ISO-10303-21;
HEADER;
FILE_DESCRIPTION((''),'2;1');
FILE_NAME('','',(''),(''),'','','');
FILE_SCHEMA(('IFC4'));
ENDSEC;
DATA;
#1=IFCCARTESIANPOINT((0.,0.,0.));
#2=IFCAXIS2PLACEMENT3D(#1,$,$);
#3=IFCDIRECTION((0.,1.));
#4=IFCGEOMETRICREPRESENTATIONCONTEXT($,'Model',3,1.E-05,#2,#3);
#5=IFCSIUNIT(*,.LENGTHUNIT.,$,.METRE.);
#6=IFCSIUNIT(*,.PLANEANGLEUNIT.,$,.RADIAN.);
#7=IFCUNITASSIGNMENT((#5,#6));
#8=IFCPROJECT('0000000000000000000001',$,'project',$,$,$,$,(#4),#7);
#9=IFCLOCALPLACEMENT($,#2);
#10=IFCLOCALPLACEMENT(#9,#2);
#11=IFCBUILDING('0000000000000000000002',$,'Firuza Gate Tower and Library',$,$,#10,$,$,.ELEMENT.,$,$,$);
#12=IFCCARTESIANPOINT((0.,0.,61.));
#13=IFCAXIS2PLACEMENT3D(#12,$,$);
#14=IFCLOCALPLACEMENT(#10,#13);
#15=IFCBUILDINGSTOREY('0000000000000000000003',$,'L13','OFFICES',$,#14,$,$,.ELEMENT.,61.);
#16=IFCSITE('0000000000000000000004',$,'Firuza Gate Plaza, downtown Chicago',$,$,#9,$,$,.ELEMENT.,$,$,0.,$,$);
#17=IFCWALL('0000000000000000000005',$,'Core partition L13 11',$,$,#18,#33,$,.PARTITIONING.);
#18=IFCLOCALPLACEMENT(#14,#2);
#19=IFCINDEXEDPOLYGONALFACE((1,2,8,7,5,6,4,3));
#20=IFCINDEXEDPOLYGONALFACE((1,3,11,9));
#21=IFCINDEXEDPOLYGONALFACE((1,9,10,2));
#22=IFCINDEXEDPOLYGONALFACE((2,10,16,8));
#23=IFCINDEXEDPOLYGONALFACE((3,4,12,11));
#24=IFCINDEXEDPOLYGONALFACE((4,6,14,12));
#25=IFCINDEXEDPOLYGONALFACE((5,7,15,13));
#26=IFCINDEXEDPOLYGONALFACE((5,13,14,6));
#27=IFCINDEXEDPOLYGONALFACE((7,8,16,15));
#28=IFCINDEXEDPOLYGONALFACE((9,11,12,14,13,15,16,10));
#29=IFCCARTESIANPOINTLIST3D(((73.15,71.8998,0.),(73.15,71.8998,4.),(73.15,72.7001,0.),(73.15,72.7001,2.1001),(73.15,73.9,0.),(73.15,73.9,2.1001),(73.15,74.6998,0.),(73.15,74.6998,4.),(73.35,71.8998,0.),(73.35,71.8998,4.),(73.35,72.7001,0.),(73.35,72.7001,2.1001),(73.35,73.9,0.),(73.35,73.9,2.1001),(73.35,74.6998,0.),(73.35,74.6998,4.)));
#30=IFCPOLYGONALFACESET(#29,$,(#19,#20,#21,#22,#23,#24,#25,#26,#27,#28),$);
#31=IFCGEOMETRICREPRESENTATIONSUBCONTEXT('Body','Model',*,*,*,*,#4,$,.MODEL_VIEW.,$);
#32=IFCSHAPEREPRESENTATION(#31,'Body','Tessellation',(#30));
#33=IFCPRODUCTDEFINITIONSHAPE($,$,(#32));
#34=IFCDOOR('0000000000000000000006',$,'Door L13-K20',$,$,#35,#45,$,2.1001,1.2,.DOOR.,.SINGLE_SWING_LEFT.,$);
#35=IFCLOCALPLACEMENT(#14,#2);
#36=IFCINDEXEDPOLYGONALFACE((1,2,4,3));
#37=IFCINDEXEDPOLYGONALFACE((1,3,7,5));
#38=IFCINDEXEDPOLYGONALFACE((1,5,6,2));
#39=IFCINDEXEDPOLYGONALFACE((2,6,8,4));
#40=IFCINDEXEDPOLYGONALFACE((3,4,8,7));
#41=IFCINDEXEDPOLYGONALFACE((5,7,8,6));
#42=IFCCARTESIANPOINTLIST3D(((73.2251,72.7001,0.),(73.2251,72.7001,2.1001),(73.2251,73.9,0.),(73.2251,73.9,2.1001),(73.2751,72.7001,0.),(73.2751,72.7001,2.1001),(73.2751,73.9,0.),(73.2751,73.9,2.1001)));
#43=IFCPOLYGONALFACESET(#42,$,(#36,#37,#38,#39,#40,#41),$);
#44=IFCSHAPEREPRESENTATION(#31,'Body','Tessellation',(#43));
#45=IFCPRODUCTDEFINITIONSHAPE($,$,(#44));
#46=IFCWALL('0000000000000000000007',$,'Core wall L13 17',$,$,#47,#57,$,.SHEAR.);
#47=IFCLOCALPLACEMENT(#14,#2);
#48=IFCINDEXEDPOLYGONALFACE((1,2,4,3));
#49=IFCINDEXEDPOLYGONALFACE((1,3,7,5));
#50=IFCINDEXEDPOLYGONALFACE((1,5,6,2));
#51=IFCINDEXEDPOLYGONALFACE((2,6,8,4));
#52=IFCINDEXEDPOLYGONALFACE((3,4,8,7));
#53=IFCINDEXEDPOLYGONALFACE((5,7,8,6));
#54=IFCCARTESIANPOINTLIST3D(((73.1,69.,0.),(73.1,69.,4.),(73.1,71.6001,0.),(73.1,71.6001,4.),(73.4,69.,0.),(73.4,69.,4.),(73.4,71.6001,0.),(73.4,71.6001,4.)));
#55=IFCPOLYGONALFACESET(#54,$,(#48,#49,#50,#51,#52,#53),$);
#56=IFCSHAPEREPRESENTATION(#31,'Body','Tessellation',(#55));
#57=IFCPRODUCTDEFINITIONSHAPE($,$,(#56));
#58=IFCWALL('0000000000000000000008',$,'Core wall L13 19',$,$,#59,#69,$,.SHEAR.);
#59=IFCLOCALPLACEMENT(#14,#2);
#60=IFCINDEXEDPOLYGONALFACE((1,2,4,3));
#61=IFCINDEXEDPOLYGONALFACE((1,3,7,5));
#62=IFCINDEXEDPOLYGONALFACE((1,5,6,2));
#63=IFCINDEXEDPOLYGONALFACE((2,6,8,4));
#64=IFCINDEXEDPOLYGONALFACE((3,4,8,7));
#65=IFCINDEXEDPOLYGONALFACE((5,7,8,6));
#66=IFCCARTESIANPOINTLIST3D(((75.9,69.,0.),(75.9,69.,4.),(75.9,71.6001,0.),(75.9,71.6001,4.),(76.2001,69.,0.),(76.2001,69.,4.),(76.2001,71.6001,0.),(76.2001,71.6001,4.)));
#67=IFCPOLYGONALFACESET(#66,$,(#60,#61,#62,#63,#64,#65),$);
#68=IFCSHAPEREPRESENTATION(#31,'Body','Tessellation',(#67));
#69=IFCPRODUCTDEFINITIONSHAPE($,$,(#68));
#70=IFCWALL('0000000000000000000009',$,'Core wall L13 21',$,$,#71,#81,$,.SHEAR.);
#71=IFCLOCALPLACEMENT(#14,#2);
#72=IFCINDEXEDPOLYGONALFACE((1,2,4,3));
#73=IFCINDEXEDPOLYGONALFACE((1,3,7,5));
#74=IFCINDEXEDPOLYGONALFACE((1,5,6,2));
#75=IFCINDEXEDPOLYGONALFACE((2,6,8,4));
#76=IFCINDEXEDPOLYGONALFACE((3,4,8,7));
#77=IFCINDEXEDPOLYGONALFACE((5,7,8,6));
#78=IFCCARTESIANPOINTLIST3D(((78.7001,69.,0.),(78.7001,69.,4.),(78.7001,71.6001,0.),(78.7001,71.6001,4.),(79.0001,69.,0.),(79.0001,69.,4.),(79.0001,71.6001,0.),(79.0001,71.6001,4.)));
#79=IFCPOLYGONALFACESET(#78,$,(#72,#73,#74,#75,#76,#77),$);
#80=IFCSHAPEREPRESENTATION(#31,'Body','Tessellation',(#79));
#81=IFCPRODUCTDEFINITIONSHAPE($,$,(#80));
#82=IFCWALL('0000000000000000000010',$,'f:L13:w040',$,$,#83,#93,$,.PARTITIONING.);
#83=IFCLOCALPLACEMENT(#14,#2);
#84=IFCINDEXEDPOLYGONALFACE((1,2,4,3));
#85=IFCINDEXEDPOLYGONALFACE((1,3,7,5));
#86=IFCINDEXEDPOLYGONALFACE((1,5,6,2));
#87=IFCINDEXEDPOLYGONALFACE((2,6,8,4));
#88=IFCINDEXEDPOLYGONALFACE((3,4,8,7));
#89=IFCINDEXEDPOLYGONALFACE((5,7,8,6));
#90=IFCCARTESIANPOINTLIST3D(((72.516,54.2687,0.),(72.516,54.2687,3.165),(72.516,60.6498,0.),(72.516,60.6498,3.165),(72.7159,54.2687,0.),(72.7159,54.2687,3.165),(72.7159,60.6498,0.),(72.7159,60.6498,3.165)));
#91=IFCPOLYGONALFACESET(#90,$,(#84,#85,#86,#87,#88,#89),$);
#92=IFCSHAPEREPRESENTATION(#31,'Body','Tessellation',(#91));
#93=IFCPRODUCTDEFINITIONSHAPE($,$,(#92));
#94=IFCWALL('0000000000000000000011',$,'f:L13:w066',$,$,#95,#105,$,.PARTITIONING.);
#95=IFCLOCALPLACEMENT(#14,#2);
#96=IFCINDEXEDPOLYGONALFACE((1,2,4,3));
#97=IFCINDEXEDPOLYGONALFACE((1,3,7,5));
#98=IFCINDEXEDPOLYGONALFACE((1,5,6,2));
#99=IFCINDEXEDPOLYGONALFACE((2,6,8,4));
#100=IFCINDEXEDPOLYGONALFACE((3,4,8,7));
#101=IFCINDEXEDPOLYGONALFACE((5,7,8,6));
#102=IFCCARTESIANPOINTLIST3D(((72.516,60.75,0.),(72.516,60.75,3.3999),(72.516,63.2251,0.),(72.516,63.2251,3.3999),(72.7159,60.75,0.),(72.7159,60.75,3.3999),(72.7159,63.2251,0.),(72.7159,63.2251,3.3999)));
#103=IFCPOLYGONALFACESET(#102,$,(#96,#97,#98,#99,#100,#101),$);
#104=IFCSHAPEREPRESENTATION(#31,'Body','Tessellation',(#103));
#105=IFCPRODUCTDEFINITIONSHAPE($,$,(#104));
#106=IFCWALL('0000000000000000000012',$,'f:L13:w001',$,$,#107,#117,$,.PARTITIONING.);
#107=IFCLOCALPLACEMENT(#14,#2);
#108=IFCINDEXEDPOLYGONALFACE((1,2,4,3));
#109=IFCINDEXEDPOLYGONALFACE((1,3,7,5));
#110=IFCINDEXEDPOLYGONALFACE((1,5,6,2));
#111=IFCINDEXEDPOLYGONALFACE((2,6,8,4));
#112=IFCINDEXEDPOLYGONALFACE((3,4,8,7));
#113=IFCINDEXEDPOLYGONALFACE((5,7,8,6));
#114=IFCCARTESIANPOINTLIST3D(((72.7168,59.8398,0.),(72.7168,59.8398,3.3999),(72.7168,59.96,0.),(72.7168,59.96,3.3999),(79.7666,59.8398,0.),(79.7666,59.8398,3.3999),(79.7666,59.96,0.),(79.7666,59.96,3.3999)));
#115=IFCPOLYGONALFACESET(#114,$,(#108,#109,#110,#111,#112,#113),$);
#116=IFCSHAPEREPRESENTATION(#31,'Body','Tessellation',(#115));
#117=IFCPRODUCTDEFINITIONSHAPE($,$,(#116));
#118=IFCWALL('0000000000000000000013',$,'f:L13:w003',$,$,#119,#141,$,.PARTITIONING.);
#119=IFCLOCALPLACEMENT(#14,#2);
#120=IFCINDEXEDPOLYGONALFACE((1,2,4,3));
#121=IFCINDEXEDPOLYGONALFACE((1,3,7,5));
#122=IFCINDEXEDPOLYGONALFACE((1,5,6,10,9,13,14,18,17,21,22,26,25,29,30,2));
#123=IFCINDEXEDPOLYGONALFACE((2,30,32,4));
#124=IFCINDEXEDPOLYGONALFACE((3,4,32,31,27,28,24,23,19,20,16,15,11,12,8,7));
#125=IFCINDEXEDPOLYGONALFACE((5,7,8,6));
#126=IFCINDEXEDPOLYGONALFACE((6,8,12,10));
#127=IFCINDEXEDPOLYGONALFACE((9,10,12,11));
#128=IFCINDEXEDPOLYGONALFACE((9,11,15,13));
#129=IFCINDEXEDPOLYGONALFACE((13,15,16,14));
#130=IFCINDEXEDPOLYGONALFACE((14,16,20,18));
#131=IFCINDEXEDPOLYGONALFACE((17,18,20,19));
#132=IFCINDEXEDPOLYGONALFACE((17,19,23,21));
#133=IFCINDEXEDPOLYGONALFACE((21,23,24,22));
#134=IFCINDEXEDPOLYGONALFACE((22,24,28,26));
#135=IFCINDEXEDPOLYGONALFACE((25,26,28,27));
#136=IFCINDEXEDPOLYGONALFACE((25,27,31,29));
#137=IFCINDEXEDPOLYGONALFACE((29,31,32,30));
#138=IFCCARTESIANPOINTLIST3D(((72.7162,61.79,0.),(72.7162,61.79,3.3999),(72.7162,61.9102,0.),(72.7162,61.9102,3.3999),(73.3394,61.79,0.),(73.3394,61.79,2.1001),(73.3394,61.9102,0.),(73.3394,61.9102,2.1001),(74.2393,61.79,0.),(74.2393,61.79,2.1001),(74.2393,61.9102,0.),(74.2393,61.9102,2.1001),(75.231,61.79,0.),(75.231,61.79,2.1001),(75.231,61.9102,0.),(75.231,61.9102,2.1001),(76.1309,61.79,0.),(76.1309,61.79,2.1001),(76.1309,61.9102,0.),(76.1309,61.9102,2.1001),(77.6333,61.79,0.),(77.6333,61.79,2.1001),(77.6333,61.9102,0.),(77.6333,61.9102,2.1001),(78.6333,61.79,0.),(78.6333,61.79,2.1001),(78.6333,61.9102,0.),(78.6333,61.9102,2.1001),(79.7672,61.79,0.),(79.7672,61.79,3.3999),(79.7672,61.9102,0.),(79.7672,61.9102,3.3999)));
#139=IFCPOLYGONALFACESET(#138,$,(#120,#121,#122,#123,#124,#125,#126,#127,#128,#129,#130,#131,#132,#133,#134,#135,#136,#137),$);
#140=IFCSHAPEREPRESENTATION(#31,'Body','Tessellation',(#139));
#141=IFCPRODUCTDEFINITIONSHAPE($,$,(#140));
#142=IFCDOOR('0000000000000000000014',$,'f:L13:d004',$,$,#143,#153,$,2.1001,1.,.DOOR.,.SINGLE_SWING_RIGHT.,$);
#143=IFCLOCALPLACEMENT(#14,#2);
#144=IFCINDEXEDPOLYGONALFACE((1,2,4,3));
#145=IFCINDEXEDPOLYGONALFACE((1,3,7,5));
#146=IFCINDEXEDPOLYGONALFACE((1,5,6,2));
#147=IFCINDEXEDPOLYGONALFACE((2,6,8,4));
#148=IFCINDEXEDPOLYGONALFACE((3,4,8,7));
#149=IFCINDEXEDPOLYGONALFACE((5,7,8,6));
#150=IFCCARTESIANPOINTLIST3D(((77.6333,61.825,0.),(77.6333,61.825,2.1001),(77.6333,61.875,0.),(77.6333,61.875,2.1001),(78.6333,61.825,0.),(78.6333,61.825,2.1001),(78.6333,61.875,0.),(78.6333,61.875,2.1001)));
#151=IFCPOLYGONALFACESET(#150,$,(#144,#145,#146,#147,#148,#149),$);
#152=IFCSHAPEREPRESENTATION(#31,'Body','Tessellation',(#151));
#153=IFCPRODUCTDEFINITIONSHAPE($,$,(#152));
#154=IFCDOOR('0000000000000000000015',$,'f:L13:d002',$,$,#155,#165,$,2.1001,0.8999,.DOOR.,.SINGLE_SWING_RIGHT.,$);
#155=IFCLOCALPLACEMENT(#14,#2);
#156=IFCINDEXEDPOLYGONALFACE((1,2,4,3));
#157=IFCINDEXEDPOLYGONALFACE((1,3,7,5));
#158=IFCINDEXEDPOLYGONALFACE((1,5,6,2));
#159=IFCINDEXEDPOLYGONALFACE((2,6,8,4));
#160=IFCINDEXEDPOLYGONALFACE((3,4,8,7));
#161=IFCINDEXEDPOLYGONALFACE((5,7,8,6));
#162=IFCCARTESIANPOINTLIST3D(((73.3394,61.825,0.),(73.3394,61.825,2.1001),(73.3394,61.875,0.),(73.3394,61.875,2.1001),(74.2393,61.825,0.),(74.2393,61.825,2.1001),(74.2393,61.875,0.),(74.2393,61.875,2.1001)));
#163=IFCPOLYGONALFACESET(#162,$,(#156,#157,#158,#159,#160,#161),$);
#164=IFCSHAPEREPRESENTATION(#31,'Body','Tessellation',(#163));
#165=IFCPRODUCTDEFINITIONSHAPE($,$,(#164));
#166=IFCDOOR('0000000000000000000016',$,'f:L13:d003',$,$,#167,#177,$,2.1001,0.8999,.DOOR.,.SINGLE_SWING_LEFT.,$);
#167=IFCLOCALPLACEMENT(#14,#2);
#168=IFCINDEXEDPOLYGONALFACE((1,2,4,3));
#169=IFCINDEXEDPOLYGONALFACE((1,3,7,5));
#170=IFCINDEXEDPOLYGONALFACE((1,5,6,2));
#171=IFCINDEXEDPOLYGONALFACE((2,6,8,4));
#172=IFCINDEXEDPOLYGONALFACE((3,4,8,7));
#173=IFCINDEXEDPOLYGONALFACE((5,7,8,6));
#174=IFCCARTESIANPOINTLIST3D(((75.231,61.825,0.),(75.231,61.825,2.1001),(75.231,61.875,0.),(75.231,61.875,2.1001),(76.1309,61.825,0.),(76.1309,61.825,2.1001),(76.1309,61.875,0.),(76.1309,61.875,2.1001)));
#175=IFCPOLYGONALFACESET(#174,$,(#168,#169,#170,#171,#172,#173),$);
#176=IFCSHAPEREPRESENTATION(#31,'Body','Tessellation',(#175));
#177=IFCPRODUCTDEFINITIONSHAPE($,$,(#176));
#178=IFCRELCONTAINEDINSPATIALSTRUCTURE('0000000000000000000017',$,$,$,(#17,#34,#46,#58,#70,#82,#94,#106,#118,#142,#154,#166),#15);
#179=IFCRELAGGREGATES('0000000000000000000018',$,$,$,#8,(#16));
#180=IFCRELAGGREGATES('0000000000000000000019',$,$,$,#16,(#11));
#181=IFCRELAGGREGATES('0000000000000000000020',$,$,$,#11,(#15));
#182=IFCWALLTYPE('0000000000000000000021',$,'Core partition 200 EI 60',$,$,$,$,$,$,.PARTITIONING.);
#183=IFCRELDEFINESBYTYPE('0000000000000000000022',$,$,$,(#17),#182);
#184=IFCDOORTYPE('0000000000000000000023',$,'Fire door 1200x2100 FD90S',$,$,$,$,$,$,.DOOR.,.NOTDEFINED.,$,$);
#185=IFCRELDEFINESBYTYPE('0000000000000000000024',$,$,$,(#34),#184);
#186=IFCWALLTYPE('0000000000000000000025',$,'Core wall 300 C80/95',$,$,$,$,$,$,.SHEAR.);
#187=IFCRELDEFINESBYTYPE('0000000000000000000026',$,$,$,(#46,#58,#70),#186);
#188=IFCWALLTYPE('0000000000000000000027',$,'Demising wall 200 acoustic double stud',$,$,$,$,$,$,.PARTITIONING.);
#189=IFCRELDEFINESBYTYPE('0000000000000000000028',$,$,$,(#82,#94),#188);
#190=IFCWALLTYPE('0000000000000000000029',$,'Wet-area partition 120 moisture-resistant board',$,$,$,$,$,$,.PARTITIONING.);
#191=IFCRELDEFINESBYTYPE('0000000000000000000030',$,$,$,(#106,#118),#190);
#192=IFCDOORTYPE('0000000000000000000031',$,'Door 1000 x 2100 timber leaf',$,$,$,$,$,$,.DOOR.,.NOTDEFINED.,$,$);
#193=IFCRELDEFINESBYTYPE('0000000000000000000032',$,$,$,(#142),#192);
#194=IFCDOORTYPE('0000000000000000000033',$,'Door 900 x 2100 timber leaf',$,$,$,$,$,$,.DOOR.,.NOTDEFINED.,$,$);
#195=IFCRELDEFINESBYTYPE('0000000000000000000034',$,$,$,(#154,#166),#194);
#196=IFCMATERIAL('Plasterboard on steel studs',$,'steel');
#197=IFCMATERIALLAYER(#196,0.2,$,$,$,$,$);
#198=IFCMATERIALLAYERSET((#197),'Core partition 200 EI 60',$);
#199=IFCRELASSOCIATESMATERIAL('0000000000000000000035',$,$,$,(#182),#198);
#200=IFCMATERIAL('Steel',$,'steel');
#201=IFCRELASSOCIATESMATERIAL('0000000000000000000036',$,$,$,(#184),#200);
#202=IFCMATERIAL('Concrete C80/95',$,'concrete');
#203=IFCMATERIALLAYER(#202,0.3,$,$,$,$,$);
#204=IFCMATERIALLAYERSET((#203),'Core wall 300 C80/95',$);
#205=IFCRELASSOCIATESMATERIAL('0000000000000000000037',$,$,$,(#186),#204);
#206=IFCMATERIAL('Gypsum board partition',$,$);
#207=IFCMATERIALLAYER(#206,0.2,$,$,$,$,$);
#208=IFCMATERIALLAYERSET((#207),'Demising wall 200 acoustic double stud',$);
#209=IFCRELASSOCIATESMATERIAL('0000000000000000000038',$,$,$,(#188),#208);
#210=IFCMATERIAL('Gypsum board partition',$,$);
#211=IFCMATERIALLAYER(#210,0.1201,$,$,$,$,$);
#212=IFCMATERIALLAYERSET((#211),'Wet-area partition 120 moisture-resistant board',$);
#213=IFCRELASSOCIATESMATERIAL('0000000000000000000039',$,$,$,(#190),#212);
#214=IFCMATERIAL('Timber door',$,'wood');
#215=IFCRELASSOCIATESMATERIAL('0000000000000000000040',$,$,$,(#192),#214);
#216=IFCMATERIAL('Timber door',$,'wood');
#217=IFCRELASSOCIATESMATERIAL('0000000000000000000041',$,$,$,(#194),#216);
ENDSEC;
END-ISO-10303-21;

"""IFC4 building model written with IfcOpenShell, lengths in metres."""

from ifc_helpers import new_model, si_unit, direction, frame, frame_2d, origin, place, context, subcontext, project, spatial, rectangle, extrude, material, layer, layer_set, type_object, element, fill, save


model = new_model("IFC4")

# Units and contexts
model_context = context("Model", 3, precision=1e-05, world=origin(), true_north=direction((0.0, 1.0)))
body_context = subcontext(model_context, "Body", "Model", "MODEL_VIEW")
ifc_project = project(units=[si_unit("LENGTHUNIT", "METRE"), si_unit("PLANEANGLEUNIT", "RADIAN")], contexts=[model_context])

# Site, building, storey
site_placement = place(None, origin())
site = spatial("IfcSite", under=ifc_project, at=site_placement, Name="Firuza Gate Plaza, downtown Chicago", CompositionType="ELEMENT", RefElevation=0.0)
building_placement = place(site_placement, origin())
building = spatial("IfcBuilding", under=site, at=building_placement, Name="Firuza Gate Tower and Library", CompositionType="ELEMENT")
storey_placement = place(building_placement, frame((0.0, 0.0, 61.0)))
storey = spatial("IfcBuildingStorey", under=building, at=storey_placement, Name="L13", Description="OFFICES", CompositionType="ELEMENT", Elevation=61.0)

# Wall, opening, door
ifc_material_1 = material(Name="Plasterboard on steel studs", Category="steel")
ifc_layer_1 = layer(ifc_material_1, 0.2)
ifc_layer_set_1 = layer_set([ifc_layer_1], Name="Core partition 200 EI 60")
wall_type_1 = type_object("IfcWallType", Name="Core partition 200 EI 60", PredefinedType="PARTITIONING", material=ifc_layer_set_1)
wall_1_placement = place(storey_placement, frame((73.25, 71.8999, 0.0), z_axis=(0.0, 0.0, 1.0), x_axis=(0.0, 1.0, 0.0)))
wall_1 = element("IfcWall", 1, at=wall_1_placement, inside=storey, type_object=wall_type_1, Name="Core partition L13 11", PredefinedType="PARTITIONING", context=body_context, shape_type="SweptSolid", body=[
    extrude(rectangle(XDim=2.8, YDim=0.2, at=frame_2d((1.3999, 0.0))), origin(), (0.0, 0.0, 1.0), 4.0),
])
opening_1_placement = place(wall_1_placement, frame((0.8, 0.0, 0.0)))
opening_1 = element("IfcOpeningElement", 2, at=opening_1_placement, cuts=wall_1, PredefinedType="OPENING", context=body_context, shape_type="SweptSolid", body=[
    extrude(rectangle(XDim=1.2, YDim=2.1001, at=frame_2d((0.6001, 1.05))), frame((0.0, 0.1099, 0.0), z_axis=(0.0, -1.0, 0.0), x_axis=(1.0, 0.0, 0.0)), (0.0, 0.0, 1.0), 0.22),
])
ifc_material_2 = material(Name="Steel", Category="steel")
door_type_1 = type_object("IfcDoorType", Name="Fire door 1200x2100 FD90S", OperationType="NOTDEFINED", PredefinedType="DOOR", material=ifc_material_2)
door_1_placement = place(opening_1_placement, origin())
door_1 = element("IfcDoor", 3, at=door_1_placement, inside=storey, type_object=door_type_1, Name="Door L13-K20", OperationType="SINGLE_SWING_LEFT", OverallHeight=2.1001, OverallWidth=1.2, PredefinedType="DOOR", context=body_context, shape_type="SweptSolid", body=[
    extrude(rectangle(XDim=1.2, YDim=2.1001, at=frame_2d((0.6001, 1.05))), frame((0.0, 0.0249, 0.0), z_axis=(0.0, -1.0, 0.0), x_axis=(1.0, 0.0, 0.0)), (0.0, 0.0, 1.0), 0.05),
])
fill(opening_1, door_1)

# Walls
ifc_material_3 = material(Name="Concrete C80/95", Category="concrete")
ifc_layer_2 = layer(ifc_material_3, 0.3)
ifc_layer_set_2 = layer_set([ifc_layer_2], Name="Core wall 300 C80/95")
wall_type_2 = type_object("IfcWallType", Name="Core wall 300 C80/95", PredefinedType="SHEAR", material=ifc_layer_set_2)
for number, where, z_axis, x_axis, name in (
    (4, (73.25, 69.0, 0.0), (0.0, 0.0, 1.0), (0.0, 1.0, 0.0), "Core wall L13 17"),
    (5, (76.05, 69.0, 0.0), (0.0, 0.0, 1.0), (0.0, 1.0, 0.0), "Core wall L13 19"),
    (6, (78.8501, 69.0, 0.0), (0.0, 0.0, 1.0), (0.0, 1.0, 0.0), "Core wall L13 21"),
):
    element("IfcWall", number, at=place(storey_placement, frame(where, z_axis=z_axis, x_axis=x_axis)), inside=storey, type_object=wall_type_2, Name=name, PredefinedType="SHEAR", context=body_context, shape_type="SweptSolid", body=[
        extrude(rectangle(XDim=2.6001, YDim=0.3, at=frame_2d((1.3, 0.0))), origin(), (0.0, 0.0, 1.0), 4.0),
    ])
ifc_material_4 = material(Name="Gypsum board partition")
ifc_layer_3 = layer(ifc_material_4, 0.2)
ifc_layer_set_3 = layer_set([ifc_layer_3], Name="Demising wall 200 acoustic double stud")
wall_type_3 = type_object("IfcWallType", Name="Demising wall 200 acoustic double stud", PredefinedType="PARTITIONING", material=ifc_layer_set_3)
wall_2_placement = place(storey_placement, frame((72.616, 54.2688, 0.0), z_axis=(0.0, 0.0, 1.0), x_axis=(0.0, 1.0, 0.0)))
element("IfcWall", 7, at=wall_2_placement, inside=storey, type_object=wall_type_3, Name="f:L13:w040", PredefinedType="PARTITIONING", context=body_context, shape_type="SweptSolid", body=[
    extrude(rectangle(XDim=6.3811, YDim=0.2, at=frame_2d((3.1904, 0.0))), origin(), (0.0, 0.0, 1.0), 3.165),
])
wall_3_placement = place(storey_placement, frame((72.616, 60.75, 0.0), z_axis=(0.0, 0.0, 1.0), x_axis=(0.0, 1.0, 0.0)))
element("IfcWall", 8, at=wall_3_placement, inside=storey, type_object=wall_type_3, Name="f:L13:w066", PredefinedType="PARTITIONING", context=body_context, shape_type="SweptSolid", body=[
    extrude(rectangle(XDim=2.4751, YDim=0.2, at=frame_2d((1.2375, 0.0))), origin(), (0.0, 0.0, 1.0), 3.3999),
])
ifc_material_5 = material(Name="Gypsum board partition")
ifc_layer_4 = layer(ifc_material_5, 0.1201)
ifc_layer_set_4 = layer_set([ifc_layer_4], Name="Wet-area partition 120 moisture-resistant board")
wall_type_4 = type_object("IfcWallType", Name="Wet-area partition 120 moisture-resistant board", PredefinedType="PARTITIONING", material=ifc_layer_set_4)
wall_4_placement = place(storey_placement, frame((72.7168, 59.8999, 0.0), z_axis=(0.0, 0.0, 1.0), x_axis=(1.0, 0.0, 0.0)))
element("IfcWall", 9, at=wall_4_placement, inside=storey, type_object=wall_type_4, Name="f:L13:w001", PredefinedType="PARTITIONING", context=body_context, shape_type="SweptSolid", body=[
    extrude(rectangle(XDim=7.0498, YDim=0.1201, at=frame_2d((3.5249, 0.0))), origin(), (0.0, 0.0, 1.0), 3.3999),
])

# Wall, openings, doors
wall_5_placement = place(storey_placement, frame((72.7163, 61.8501, 0.0), z_axis=(0.0, 0.0, 1.0), x_axis=(1.0, 0.0, 0.0)))
wall_5 = element("IfcWall", 10, at=wall_5_placement, inside=storey, type_object=wall_type_4, Name="f:L13:w003", PredefinedType="PARTITIONING", context=body_context, shape_type="SweptSolid", body=[
    extrude(rectangle(XDim=7.051, YDim=0.1201, at=frame_2d((3.5254, 0.0))), origin(), (0.0, 0.0, 1.0), 3.3999),
])
opening_2_placement = place(wall_5_placement, frame((0.623, 0.0, 0.0)))
opening_2 = element("IfcOpeningElement", 11, at=opening_2_placement, cuts=wall_5, PredefinedType="OPENING", context=body_context, shape_type="SweptSolid", body=[
    extrude(rectangle(XDim=0.8999, YDim=2.1001, at=frame_2d((0.45, 1.05))), frame((0.0, 0.0701, 0.0), z_axis=(0.0, -1.0, 0.0), x_axis=(1.0, 0.0, 0.0)), (0.0, 0.0, 1.0), 0.1401),
])
opening_3_placement = place(wall_5_placement, frame((2.5146, 0.0, 0.0)))
opening_3 = element("IfcOpeningElement", 12, at=opening_3_placement, cuts=wall_5, PredefinedType="OPENING", context=body_context, shape_type="SweptSolid", body=[
    extrude(rectangle(XDim=0.8999, YDim=2.1001, at=frame_2d((0.45, 1.05))), frame((0.0, 0.0701, 0.0), z_axis=(0.0, -1.0, 0.0), x_axis=(1.0, 0.0, 0.0)), (0.0, 0.0, 1.0), 0.1401),
])
opening_4_placement = place(wall_5_placement, frame((4.917, 0.0, 0.0)))
opening_4 = element("IfcOpeningElement", 13, at=opening_4_placement, cuts=wall_5, PredefinedType="OPENING", context=body_context, shape_type="SweptSolid", body=[
    extrude(rectangle(XDim=1.0, YDim=2.1001, at=frame_2d((0.5, 1.05))), frame((0.0, 0.0701, 0.0), z_axis=(0.0, -1.0, 0.0), x_axis=(1.0, 0.0, 0.0)), (0.0, 0.0, 1.0), 0.1401),
])
ifc_material_6 = material(Name="Timber door", Category="wood")
door_type_2 = type_object("IfcDoorType", Name="Door 1000 x 2100 timber leaf", OperationType="NOTDEFINED", PredefinedType="DOOR", material=ifc_material_6)
door_2_placement = place(opening_4_placement, origin())
door_2 = element("IfcDoor", 14, at=door_2_placement, inside=storey, type_object=door_type_2, Name="f:L13:d004", OperationType="SINGLE_SWING_RIGHT", OverallHeight=2.1001, OverallWidth=1.0, PredefinedType="DOOR", context=body_context, shape_type="SweptSolid", body=[
    extrude(rectangle(XDim=1.0, YDim=2.1001, at=frame_2d((0.5, 1.05))), frame((0.0, 0.0249, 0.0), z_axis=(0.0, -1.0, 0.0), x_axis=(1.0, 0.0, 0.0)), (0.0, 0.0, 1.0), 0.05),
])
fill(opening_4, door_2)
ifc_material_7 = material(Name="Timber door", Category="wood")
door_type_3 = type_object("IfcDoorType", Name="Door 900 x 2100 timber leaf", OperationType="NOTDEFINED", PredefinedType="DOOR", material=ifc_material_7)
door_3_placement = place(opening_2_placement, origin())
door_3 = element("IfcDoor", 15, at=door_3_placement, inside=storey, type_object=door_type_3, Name="f:L13:d002", OperationType="SINGLE_SWING_RIGHT", OverallHeight=2.1001, OverallWidth=0.8999, PredefinedType="DOOR", context=body_context, shape_type="SweptSolid", body=[
    extrude(rectangle(XDim=0.8999, YDim=2.1001, at=frame_2d((0.45, 1.05))), frame((0.0, 0.0249, 0.0), z_axis=(0.0, -1.0, 0.0), x_axis=(1.0, 0.0, 0.0)), (0.0, 0.0, 1.0), 0.05),
])
fill(opening_2, door_3)
door_4_placement = place(opening_3_placement, origin())
door_4 = element("IfcDoor", 16, at=door_4_placement, inside=storey, type_object=door_type_3, Name="f:L13:d003", OperationType="SINGLE_SWING_LEFT", OverallHeight=2.1001, OverallWidth=0.8999, PredefinedType="DOOR", context=body_context, shape_type="SweptSolid", body=[
    extrude(rectangle(XDim=0.8999, YDim=2.1001, at=frame_2d((0.45, 1.05))), frame((0.0, 0.0249, 0.0), z_axis=(0.0, -1.0, 0.0), x_axis=(1.0, 0.0, 0.0)), (0.0, 0.0, 1.0), 0.05),
])
fill(opening_3, door_4)

save(model, "model.ifc")
